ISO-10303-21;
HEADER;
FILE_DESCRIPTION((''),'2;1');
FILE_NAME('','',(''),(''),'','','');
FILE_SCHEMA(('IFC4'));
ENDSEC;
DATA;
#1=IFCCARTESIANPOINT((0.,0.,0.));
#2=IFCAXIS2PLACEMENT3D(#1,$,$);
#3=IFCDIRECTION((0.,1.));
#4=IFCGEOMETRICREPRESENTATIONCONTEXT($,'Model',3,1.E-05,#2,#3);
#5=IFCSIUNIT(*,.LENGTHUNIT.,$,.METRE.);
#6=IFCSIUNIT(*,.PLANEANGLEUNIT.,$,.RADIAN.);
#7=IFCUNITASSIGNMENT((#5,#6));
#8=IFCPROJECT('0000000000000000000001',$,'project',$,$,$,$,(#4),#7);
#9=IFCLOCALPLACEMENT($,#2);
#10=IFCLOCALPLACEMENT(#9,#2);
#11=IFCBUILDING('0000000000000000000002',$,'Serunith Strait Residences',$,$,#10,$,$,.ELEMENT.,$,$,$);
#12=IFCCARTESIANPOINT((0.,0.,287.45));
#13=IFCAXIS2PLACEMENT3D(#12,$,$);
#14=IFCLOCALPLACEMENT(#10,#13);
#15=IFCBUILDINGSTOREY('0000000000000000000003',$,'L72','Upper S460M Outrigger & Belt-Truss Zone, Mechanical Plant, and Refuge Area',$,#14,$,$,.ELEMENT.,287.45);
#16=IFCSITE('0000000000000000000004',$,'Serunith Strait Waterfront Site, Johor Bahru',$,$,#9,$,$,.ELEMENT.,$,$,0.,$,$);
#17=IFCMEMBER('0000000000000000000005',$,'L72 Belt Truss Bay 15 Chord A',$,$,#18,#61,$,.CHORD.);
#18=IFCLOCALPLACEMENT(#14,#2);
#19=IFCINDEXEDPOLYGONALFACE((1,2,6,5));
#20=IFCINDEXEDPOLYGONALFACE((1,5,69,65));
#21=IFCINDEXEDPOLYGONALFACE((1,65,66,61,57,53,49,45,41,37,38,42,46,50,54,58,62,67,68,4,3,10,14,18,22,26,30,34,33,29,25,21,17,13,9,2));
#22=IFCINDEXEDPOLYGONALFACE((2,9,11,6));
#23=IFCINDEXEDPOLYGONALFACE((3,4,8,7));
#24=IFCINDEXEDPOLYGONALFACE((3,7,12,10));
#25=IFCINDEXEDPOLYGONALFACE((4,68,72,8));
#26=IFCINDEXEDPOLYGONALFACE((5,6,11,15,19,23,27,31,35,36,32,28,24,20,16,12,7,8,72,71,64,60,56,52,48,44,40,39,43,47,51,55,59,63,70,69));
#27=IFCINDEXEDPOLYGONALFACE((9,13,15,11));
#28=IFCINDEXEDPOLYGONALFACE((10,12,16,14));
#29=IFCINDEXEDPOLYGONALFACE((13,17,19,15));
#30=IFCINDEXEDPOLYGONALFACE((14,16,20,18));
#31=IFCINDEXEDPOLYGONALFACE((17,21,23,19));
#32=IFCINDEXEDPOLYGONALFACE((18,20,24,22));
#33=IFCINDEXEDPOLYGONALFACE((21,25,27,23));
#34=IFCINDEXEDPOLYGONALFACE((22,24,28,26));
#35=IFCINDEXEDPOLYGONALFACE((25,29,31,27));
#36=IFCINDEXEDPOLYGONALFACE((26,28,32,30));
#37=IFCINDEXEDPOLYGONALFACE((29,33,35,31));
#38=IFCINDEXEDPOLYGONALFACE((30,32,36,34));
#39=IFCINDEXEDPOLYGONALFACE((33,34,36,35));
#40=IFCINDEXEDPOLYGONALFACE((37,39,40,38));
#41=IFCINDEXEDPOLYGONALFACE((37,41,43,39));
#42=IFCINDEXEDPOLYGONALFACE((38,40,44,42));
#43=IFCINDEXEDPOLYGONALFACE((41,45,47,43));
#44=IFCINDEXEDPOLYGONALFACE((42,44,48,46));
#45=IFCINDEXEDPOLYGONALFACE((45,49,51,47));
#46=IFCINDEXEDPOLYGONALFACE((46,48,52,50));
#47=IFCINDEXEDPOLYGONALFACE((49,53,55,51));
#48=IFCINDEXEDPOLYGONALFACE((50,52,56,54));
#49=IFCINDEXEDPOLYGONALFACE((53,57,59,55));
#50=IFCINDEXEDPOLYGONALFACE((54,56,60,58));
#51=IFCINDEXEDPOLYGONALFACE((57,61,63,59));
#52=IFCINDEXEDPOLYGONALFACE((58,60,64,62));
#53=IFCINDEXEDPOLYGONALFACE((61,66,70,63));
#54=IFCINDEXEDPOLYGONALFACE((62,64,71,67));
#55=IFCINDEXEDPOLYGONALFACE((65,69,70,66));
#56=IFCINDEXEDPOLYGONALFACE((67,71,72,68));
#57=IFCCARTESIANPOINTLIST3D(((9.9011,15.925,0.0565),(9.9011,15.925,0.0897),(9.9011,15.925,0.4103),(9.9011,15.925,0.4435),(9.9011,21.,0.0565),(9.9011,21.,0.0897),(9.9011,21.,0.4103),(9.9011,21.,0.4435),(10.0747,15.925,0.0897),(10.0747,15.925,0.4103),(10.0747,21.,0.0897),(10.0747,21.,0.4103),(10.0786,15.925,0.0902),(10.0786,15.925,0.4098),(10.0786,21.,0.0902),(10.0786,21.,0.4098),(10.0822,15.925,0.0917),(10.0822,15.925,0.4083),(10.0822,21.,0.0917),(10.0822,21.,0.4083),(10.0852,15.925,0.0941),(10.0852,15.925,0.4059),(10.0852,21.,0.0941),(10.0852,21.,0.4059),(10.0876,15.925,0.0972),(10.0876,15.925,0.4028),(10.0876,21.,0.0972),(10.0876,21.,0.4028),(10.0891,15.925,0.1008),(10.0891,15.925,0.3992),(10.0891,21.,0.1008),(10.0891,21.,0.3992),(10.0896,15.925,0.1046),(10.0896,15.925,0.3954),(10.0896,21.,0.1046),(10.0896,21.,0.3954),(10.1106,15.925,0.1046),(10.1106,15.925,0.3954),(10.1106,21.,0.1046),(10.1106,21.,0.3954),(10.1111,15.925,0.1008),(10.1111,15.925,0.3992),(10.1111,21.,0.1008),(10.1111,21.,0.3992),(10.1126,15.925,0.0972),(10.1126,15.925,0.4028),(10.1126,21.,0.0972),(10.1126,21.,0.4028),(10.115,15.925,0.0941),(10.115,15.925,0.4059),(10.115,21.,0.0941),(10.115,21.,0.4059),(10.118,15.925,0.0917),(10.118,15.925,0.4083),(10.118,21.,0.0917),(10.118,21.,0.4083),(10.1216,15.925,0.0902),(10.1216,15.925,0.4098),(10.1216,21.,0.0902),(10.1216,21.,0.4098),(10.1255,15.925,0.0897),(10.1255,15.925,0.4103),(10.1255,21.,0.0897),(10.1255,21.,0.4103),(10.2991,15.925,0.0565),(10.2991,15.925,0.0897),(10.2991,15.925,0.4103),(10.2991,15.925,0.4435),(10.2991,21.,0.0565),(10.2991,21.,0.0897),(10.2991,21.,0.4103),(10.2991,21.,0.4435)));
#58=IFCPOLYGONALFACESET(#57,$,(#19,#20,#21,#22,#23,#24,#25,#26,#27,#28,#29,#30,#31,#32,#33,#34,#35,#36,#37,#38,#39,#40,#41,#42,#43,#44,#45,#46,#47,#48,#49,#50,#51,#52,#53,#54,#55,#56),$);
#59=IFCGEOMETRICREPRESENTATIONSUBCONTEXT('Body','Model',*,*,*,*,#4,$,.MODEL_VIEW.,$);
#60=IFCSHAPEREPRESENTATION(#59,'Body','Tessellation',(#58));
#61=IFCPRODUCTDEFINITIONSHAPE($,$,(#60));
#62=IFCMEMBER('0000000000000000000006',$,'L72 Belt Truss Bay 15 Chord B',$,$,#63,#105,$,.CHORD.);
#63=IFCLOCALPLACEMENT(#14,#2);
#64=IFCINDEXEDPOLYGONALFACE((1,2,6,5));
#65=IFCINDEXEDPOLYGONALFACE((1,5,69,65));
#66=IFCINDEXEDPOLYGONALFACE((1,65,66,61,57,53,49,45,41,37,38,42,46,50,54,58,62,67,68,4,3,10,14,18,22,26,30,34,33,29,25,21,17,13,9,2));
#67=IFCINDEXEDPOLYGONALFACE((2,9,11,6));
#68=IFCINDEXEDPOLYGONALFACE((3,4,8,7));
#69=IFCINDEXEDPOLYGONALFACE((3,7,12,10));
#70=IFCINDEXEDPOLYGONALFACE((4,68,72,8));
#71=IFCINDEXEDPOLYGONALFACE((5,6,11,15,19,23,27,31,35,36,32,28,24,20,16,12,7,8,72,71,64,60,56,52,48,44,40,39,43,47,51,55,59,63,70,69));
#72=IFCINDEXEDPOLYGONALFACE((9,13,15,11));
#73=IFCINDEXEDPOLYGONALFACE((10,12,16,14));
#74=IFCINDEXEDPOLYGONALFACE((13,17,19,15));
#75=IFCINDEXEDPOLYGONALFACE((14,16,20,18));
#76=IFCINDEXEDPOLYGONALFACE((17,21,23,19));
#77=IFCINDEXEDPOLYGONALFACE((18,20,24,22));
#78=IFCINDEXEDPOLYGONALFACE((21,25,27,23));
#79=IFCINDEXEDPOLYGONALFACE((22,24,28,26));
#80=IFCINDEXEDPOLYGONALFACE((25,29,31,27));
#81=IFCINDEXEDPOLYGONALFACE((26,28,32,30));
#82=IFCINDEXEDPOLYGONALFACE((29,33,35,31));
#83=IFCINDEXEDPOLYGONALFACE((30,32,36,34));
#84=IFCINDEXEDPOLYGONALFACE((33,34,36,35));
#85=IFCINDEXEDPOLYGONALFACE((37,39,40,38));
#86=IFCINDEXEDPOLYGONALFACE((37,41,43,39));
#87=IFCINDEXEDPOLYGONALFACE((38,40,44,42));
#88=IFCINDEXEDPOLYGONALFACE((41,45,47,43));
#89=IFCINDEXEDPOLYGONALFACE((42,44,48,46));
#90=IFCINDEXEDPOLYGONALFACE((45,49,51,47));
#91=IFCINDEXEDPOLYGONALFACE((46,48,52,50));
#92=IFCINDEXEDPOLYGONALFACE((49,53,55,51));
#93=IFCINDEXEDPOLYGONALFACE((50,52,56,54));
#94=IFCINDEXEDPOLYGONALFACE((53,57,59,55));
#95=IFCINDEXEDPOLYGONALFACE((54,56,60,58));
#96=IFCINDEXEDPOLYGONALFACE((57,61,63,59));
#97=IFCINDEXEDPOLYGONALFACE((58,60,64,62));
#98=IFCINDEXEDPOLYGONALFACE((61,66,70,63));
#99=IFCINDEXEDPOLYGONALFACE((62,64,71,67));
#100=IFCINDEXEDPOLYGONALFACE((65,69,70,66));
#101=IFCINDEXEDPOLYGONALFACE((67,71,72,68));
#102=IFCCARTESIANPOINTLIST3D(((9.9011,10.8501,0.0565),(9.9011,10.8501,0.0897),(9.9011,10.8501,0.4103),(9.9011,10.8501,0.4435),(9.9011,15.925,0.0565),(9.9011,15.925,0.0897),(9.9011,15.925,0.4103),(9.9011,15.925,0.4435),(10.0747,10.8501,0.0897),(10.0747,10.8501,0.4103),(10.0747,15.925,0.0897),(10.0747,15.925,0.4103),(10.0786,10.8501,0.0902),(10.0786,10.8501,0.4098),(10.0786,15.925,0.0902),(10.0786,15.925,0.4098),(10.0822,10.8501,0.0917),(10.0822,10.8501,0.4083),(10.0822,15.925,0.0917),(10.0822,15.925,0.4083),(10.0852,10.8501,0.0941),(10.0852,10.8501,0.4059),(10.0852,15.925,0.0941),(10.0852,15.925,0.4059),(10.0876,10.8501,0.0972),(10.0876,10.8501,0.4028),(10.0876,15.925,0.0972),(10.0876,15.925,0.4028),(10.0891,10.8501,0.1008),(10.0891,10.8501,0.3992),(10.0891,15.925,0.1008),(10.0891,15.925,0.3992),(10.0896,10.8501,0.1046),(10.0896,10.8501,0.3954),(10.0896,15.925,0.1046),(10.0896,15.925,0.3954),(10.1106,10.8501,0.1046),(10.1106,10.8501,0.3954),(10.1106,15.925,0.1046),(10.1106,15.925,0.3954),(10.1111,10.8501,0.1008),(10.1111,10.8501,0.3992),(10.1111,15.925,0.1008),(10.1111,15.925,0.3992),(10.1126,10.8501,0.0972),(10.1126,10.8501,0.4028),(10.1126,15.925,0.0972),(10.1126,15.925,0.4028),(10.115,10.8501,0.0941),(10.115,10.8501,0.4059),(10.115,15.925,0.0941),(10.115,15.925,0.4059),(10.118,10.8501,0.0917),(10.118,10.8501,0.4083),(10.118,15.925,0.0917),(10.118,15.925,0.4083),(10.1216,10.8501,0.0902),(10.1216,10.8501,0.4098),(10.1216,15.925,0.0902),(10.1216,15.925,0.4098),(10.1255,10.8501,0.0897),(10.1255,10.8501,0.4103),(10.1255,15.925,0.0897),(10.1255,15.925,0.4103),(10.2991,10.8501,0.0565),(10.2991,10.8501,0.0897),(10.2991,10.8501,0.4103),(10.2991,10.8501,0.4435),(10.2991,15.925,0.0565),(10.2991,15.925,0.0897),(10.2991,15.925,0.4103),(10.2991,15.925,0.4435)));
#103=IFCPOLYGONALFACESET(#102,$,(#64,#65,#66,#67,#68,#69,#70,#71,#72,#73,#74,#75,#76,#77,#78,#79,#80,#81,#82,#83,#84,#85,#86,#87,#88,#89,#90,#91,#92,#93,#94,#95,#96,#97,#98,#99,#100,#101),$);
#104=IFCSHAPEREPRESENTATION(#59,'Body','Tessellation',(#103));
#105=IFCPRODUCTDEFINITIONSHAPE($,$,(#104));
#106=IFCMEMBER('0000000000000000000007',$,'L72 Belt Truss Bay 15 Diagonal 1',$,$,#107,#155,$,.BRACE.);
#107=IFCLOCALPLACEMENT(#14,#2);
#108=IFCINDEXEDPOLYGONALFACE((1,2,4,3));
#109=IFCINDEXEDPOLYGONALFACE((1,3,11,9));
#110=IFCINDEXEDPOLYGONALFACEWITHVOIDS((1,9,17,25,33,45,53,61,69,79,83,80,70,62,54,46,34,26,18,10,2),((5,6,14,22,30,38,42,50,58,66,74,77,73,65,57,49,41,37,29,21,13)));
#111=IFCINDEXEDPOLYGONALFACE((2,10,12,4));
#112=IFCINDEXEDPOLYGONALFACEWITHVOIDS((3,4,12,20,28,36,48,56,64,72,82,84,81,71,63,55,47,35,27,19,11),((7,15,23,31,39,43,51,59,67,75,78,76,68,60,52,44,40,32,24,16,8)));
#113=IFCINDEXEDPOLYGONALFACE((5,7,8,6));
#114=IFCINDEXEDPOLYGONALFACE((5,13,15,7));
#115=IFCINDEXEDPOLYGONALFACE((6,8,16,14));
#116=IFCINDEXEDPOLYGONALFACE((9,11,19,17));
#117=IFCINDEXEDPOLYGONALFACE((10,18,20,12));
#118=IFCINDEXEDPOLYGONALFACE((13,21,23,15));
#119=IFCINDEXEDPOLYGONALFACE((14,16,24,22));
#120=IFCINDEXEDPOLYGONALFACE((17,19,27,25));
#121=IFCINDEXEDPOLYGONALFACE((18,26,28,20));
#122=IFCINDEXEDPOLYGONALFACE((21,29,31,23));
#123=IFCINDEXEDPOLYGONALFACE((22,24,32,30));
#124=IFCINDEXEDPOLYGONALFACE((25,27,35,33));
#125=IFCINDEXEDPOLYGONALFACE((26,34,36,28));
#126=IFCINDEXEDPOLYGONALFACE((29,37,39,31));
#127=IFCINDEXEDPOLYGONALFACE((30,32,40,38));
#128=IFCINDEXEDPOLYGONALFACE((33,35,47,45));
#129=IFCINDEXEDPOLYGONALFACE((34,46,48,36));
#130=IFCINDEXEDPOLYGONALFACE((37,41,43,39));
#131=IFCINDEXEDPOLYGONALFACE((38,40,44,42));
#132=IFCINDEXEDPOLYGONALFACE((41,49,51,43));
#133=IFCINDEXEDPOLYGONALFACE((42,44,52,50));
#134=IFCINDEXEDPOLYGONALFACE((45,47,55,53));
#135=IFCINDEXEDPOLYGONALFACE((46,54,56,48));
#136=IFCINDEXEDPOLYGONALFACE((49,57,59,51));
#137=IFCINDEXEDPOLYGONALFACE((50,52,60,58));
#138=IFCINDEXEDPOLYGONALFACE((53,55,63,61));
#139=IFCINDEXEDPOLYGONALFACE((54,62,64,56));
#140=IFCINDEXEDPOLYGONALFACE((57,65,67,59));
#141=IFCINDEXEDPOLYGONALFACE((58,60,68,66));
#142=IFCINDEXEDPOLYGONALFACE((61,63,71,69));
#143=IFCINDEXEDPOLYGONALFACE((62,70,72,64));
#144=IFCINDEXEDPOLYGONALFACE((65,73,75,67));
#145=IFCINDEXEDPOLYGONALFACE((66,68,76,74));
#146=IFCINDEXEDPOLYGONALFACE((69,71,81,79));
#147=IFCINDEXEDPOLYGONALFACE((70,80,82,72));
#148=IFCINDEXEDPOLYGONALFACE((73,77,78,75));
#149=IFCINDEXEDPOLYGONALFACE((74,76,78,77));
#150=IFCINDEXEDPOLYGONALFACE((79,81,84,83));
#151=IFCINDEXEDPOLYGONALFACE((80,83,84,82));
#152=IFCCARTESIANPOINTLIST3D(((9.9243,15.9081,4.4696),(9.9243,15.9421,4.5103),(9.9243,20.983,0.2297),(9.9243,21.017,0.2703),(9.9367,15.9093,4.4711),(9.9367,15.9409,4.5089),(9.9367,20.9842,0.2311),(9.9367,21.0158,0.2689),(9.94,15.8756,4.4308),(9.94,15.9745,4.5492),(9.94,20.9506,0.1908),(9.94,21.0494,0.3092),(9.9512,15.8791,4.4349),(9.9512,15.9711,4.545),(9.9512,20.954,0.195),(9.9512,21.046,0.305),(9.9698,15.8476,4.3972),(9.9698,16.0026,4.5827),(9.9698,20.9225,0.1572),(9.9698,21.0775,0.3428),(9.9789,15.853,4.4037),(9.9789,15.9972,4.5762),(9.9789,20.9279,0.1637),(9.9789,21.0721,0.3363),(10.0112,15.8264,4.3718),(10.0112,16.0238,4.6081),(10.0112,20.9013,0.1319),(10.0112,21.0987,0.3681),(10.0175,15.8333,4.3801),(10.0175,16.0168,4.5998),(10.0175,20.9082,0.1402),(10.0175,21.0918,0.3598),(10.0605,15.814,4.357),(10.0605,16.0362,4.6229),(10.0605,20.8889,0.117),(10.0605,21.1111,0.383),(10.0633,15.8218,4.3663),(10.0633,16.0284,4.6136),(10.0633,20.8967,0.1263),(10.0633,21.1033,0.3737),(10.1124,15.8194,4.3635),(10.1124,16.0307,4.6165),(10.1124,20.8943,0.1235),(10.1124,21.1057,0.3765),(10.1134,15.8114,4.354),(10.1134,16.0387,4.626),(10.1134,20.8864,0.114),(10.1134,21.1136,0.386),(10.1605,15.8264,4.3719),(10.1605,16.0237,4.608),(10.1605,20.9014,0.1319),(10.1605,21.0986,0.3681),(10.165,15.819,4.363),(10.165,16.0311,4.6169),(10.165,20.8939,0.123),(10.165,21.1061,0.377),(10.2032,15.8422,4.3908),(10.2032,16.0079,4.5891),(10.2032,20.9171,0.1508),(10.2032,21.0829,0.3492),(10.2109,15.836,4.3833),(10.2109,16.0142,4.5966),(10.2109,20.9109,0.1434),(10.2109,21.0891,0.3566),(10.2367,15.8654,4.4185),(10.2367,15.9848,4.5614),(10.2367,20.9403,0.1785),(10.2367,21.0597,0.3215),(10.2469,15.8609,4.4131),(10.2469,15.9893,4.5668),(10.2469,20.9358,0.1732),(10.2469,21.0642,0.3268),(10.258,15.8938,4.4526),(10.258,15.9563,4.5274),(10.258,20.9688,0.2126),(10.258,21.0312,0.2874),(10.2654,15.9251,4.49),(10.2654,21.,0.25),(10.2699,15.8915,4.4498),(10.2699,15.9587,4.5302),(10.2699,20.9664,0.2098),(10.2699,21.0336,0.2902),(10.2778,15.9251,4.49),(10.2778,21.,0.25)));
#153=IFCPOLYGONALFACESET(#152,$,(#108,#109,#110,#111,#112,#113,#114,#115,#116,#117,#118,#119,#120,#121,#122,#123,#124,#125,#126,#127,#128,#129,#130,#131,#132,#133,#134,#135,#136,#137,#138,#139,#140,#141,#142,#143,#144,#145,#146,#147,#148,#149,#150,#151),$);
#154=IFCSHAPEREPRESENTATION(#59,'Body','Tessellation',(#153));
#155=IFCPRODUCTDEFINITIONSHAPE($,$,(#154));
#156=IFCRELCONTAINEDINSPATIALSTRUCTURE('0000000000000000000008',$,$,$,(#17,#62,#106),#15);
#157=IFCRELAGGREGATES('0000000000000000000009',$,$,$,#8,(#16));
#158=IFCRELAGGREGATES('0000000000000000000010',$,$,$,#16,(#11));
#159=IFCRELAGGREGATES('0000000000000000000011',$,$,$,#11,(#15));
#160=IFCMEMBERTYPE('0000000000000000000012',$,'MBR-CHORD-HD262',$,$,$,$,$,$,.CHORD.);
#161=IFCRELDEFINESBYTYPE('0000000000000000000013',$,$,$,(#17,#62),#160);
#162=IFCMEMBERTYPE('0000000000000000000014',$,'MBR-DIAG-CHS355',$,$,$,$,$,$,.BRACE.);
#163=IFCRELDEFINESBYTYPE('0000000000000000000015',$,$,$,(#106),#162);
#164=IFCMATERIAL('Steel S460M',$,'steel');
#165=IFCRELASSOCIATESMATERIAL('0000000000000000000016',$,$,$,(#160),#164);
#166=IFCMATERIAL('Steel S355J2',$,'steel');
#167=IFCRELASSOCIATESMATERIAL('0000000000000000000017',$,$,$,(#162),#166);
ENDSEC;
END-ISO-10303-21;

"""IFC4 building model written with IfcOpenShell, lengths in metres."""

from ifc_helpers import new_model, si_unit, direction, frame, origin, origin_2d, place, context, subcontext, project, spatial, hollow_circle, i_section, extrude, source, transform, mapped, material, material_profile, profile_set, type_object, element, save


model = new_model("IFC4")

# Units and contexts
model_context = context("Model", 3, precision=1e-05, world=origin(), true_north=direction((0.0, 1.0)))
body_context = subcontext(model_context, "Body", "Model", "MODEL_VIEW")
ifc_project = project(units=[si_unit("LENGTHUNIT", "METRE"), si_unit("PLANEANGLEUNIT", "RADIAN")], contexts=[model_context])

# Site, building, storey
site_placement = place(None, origin())
site = spatial("IfcSite", under=ifc_project, at=site_placement, Name="Serunith Strait Waterfront Site, Johor Bahru", CompositionType="ELEMENT", RefElevation=0.0)
building_placement = place(site_placement, origin())
building = spatial("IfcBuilding", under=site, at=building_placement, Name="Serunith Strait Residences", CompositionType="ELEMENT")
storey_placement = place(building_placement, frame((0.0, 0.0, 287.45)))
storey = spatial("IfcBuildingStorey", under=building, at=storey_placement, Name="L72", Description="Upper S460M Outrigger & Belt-Truss Zone, Mechanical Plant, and Refuge Area", CompositionType="ELEMENT", Elevation=287.45)

# Shared definitions
ifc_material_1 = material(Name="Steel S355J2", Category="steel")

# Members
ifc_material_2 = material(Name="Steel S460M", Category="steel")
ifc_material_profile_1 = material_profile(ifc_material_2, i_section(OverallWidth=0.3979, OverallDepth=0.387, WebThickness=0.021, FlangeThickness=0.0332, FilletRadius=0.0149, at=origin_2d()), Name="HD 400x262")
ifc_profile_set_1 = profile_set([ifc_material_profile_1], Name="Steel S460M")
member_type_1 = type_object("IfcMemberType", Name="MBR-CHORD-HD262", PredefinedType="CHORD", material=ifc_profile_set_1)
ifc_material_profile_2 = material_profile(ifc_material_1, hollow_circle(Radius=0.1777, WallThickness=0.0125, at=origin_2d()), Name="CHS 355.6x12.5")
ifc_profile_set_2 = profile_set([ifc_material_profile_2], Name="Steel S355J2")
member_type_2 = type_object("IfcMemberType", Name="MBR-DIAG-CHS355", PredefinedType="BRACE", material=ifc_profile_set_2)
shared_shape_1 = source(origin(), body_context, "Body", "SweptSolid", [
    extrude(i_section(OverallWidth=0.3979, OverallDepth=0.387, WebThickness=0.021, FlangeThickness=0.0332, FilletRadius=0.0149, at=origin_2d()), origin(), (0.0, 0.0, 1.0), 5.075),
])
for number, where, z_axis, x_axis, name in (
    (1, (10.1001, 21.0, 0.25), (0.0, -1.0, 0.0), (1.0, 0.0, 0.0), "L72 Belt Truss Bay 15 Chord A"),
    (2, (10.1001, 15.925, 0.25), (0.0, -1.0, 0.0), (1.0, 0.0, 0.0), "L72 Belt Truss Bay 15 Chord B"),
):
    element("IfcMember", number, at=place(storey_placement, frame(where, z_axis=z_axis, x_axis=x_axis)), inside=storey, type_object=member_type_1, Name=name, PredefinedType="CHORD", context=body_context, shape_type="MappedRepresentation", body=[
        mapped(shared_shape_1, transform((0.0, 0.0, 0.0), scale=1.0)),
    ])
shared_shape_2 = source(origin(), body_context, "Body", "SweptSolid", [
    extrude(hollow_circle(Radius=0.1777, WallThickness=0.0125, at=origin_2d()), origin(), (0.0, 0.0, 1.0), 6.613),
])
for number, where, z_axis, x_axis, name in (
    (3, (10.1001, 21.0, 0.25), (0.0, -0.767413, 0.641153), (1.0, 0.0, 0.0), "L72 Belt Truss Bay 15 Diagonal 1"),
):
    element("IfcMember", number, at=place(storey_placement, frame(where, z_axis=z_axis, x_axis=x_axis)), inside=storey, type_object=member_type_2, Name=name, PredefinedType="BRACE", context=body_context, shape_type="MappedRepresentation", body=[
        mapped(shared_shape_2, transform((0.0, 0.0, 0.0), scale=1.0)),
    ])

save(model, "model.ifc")
